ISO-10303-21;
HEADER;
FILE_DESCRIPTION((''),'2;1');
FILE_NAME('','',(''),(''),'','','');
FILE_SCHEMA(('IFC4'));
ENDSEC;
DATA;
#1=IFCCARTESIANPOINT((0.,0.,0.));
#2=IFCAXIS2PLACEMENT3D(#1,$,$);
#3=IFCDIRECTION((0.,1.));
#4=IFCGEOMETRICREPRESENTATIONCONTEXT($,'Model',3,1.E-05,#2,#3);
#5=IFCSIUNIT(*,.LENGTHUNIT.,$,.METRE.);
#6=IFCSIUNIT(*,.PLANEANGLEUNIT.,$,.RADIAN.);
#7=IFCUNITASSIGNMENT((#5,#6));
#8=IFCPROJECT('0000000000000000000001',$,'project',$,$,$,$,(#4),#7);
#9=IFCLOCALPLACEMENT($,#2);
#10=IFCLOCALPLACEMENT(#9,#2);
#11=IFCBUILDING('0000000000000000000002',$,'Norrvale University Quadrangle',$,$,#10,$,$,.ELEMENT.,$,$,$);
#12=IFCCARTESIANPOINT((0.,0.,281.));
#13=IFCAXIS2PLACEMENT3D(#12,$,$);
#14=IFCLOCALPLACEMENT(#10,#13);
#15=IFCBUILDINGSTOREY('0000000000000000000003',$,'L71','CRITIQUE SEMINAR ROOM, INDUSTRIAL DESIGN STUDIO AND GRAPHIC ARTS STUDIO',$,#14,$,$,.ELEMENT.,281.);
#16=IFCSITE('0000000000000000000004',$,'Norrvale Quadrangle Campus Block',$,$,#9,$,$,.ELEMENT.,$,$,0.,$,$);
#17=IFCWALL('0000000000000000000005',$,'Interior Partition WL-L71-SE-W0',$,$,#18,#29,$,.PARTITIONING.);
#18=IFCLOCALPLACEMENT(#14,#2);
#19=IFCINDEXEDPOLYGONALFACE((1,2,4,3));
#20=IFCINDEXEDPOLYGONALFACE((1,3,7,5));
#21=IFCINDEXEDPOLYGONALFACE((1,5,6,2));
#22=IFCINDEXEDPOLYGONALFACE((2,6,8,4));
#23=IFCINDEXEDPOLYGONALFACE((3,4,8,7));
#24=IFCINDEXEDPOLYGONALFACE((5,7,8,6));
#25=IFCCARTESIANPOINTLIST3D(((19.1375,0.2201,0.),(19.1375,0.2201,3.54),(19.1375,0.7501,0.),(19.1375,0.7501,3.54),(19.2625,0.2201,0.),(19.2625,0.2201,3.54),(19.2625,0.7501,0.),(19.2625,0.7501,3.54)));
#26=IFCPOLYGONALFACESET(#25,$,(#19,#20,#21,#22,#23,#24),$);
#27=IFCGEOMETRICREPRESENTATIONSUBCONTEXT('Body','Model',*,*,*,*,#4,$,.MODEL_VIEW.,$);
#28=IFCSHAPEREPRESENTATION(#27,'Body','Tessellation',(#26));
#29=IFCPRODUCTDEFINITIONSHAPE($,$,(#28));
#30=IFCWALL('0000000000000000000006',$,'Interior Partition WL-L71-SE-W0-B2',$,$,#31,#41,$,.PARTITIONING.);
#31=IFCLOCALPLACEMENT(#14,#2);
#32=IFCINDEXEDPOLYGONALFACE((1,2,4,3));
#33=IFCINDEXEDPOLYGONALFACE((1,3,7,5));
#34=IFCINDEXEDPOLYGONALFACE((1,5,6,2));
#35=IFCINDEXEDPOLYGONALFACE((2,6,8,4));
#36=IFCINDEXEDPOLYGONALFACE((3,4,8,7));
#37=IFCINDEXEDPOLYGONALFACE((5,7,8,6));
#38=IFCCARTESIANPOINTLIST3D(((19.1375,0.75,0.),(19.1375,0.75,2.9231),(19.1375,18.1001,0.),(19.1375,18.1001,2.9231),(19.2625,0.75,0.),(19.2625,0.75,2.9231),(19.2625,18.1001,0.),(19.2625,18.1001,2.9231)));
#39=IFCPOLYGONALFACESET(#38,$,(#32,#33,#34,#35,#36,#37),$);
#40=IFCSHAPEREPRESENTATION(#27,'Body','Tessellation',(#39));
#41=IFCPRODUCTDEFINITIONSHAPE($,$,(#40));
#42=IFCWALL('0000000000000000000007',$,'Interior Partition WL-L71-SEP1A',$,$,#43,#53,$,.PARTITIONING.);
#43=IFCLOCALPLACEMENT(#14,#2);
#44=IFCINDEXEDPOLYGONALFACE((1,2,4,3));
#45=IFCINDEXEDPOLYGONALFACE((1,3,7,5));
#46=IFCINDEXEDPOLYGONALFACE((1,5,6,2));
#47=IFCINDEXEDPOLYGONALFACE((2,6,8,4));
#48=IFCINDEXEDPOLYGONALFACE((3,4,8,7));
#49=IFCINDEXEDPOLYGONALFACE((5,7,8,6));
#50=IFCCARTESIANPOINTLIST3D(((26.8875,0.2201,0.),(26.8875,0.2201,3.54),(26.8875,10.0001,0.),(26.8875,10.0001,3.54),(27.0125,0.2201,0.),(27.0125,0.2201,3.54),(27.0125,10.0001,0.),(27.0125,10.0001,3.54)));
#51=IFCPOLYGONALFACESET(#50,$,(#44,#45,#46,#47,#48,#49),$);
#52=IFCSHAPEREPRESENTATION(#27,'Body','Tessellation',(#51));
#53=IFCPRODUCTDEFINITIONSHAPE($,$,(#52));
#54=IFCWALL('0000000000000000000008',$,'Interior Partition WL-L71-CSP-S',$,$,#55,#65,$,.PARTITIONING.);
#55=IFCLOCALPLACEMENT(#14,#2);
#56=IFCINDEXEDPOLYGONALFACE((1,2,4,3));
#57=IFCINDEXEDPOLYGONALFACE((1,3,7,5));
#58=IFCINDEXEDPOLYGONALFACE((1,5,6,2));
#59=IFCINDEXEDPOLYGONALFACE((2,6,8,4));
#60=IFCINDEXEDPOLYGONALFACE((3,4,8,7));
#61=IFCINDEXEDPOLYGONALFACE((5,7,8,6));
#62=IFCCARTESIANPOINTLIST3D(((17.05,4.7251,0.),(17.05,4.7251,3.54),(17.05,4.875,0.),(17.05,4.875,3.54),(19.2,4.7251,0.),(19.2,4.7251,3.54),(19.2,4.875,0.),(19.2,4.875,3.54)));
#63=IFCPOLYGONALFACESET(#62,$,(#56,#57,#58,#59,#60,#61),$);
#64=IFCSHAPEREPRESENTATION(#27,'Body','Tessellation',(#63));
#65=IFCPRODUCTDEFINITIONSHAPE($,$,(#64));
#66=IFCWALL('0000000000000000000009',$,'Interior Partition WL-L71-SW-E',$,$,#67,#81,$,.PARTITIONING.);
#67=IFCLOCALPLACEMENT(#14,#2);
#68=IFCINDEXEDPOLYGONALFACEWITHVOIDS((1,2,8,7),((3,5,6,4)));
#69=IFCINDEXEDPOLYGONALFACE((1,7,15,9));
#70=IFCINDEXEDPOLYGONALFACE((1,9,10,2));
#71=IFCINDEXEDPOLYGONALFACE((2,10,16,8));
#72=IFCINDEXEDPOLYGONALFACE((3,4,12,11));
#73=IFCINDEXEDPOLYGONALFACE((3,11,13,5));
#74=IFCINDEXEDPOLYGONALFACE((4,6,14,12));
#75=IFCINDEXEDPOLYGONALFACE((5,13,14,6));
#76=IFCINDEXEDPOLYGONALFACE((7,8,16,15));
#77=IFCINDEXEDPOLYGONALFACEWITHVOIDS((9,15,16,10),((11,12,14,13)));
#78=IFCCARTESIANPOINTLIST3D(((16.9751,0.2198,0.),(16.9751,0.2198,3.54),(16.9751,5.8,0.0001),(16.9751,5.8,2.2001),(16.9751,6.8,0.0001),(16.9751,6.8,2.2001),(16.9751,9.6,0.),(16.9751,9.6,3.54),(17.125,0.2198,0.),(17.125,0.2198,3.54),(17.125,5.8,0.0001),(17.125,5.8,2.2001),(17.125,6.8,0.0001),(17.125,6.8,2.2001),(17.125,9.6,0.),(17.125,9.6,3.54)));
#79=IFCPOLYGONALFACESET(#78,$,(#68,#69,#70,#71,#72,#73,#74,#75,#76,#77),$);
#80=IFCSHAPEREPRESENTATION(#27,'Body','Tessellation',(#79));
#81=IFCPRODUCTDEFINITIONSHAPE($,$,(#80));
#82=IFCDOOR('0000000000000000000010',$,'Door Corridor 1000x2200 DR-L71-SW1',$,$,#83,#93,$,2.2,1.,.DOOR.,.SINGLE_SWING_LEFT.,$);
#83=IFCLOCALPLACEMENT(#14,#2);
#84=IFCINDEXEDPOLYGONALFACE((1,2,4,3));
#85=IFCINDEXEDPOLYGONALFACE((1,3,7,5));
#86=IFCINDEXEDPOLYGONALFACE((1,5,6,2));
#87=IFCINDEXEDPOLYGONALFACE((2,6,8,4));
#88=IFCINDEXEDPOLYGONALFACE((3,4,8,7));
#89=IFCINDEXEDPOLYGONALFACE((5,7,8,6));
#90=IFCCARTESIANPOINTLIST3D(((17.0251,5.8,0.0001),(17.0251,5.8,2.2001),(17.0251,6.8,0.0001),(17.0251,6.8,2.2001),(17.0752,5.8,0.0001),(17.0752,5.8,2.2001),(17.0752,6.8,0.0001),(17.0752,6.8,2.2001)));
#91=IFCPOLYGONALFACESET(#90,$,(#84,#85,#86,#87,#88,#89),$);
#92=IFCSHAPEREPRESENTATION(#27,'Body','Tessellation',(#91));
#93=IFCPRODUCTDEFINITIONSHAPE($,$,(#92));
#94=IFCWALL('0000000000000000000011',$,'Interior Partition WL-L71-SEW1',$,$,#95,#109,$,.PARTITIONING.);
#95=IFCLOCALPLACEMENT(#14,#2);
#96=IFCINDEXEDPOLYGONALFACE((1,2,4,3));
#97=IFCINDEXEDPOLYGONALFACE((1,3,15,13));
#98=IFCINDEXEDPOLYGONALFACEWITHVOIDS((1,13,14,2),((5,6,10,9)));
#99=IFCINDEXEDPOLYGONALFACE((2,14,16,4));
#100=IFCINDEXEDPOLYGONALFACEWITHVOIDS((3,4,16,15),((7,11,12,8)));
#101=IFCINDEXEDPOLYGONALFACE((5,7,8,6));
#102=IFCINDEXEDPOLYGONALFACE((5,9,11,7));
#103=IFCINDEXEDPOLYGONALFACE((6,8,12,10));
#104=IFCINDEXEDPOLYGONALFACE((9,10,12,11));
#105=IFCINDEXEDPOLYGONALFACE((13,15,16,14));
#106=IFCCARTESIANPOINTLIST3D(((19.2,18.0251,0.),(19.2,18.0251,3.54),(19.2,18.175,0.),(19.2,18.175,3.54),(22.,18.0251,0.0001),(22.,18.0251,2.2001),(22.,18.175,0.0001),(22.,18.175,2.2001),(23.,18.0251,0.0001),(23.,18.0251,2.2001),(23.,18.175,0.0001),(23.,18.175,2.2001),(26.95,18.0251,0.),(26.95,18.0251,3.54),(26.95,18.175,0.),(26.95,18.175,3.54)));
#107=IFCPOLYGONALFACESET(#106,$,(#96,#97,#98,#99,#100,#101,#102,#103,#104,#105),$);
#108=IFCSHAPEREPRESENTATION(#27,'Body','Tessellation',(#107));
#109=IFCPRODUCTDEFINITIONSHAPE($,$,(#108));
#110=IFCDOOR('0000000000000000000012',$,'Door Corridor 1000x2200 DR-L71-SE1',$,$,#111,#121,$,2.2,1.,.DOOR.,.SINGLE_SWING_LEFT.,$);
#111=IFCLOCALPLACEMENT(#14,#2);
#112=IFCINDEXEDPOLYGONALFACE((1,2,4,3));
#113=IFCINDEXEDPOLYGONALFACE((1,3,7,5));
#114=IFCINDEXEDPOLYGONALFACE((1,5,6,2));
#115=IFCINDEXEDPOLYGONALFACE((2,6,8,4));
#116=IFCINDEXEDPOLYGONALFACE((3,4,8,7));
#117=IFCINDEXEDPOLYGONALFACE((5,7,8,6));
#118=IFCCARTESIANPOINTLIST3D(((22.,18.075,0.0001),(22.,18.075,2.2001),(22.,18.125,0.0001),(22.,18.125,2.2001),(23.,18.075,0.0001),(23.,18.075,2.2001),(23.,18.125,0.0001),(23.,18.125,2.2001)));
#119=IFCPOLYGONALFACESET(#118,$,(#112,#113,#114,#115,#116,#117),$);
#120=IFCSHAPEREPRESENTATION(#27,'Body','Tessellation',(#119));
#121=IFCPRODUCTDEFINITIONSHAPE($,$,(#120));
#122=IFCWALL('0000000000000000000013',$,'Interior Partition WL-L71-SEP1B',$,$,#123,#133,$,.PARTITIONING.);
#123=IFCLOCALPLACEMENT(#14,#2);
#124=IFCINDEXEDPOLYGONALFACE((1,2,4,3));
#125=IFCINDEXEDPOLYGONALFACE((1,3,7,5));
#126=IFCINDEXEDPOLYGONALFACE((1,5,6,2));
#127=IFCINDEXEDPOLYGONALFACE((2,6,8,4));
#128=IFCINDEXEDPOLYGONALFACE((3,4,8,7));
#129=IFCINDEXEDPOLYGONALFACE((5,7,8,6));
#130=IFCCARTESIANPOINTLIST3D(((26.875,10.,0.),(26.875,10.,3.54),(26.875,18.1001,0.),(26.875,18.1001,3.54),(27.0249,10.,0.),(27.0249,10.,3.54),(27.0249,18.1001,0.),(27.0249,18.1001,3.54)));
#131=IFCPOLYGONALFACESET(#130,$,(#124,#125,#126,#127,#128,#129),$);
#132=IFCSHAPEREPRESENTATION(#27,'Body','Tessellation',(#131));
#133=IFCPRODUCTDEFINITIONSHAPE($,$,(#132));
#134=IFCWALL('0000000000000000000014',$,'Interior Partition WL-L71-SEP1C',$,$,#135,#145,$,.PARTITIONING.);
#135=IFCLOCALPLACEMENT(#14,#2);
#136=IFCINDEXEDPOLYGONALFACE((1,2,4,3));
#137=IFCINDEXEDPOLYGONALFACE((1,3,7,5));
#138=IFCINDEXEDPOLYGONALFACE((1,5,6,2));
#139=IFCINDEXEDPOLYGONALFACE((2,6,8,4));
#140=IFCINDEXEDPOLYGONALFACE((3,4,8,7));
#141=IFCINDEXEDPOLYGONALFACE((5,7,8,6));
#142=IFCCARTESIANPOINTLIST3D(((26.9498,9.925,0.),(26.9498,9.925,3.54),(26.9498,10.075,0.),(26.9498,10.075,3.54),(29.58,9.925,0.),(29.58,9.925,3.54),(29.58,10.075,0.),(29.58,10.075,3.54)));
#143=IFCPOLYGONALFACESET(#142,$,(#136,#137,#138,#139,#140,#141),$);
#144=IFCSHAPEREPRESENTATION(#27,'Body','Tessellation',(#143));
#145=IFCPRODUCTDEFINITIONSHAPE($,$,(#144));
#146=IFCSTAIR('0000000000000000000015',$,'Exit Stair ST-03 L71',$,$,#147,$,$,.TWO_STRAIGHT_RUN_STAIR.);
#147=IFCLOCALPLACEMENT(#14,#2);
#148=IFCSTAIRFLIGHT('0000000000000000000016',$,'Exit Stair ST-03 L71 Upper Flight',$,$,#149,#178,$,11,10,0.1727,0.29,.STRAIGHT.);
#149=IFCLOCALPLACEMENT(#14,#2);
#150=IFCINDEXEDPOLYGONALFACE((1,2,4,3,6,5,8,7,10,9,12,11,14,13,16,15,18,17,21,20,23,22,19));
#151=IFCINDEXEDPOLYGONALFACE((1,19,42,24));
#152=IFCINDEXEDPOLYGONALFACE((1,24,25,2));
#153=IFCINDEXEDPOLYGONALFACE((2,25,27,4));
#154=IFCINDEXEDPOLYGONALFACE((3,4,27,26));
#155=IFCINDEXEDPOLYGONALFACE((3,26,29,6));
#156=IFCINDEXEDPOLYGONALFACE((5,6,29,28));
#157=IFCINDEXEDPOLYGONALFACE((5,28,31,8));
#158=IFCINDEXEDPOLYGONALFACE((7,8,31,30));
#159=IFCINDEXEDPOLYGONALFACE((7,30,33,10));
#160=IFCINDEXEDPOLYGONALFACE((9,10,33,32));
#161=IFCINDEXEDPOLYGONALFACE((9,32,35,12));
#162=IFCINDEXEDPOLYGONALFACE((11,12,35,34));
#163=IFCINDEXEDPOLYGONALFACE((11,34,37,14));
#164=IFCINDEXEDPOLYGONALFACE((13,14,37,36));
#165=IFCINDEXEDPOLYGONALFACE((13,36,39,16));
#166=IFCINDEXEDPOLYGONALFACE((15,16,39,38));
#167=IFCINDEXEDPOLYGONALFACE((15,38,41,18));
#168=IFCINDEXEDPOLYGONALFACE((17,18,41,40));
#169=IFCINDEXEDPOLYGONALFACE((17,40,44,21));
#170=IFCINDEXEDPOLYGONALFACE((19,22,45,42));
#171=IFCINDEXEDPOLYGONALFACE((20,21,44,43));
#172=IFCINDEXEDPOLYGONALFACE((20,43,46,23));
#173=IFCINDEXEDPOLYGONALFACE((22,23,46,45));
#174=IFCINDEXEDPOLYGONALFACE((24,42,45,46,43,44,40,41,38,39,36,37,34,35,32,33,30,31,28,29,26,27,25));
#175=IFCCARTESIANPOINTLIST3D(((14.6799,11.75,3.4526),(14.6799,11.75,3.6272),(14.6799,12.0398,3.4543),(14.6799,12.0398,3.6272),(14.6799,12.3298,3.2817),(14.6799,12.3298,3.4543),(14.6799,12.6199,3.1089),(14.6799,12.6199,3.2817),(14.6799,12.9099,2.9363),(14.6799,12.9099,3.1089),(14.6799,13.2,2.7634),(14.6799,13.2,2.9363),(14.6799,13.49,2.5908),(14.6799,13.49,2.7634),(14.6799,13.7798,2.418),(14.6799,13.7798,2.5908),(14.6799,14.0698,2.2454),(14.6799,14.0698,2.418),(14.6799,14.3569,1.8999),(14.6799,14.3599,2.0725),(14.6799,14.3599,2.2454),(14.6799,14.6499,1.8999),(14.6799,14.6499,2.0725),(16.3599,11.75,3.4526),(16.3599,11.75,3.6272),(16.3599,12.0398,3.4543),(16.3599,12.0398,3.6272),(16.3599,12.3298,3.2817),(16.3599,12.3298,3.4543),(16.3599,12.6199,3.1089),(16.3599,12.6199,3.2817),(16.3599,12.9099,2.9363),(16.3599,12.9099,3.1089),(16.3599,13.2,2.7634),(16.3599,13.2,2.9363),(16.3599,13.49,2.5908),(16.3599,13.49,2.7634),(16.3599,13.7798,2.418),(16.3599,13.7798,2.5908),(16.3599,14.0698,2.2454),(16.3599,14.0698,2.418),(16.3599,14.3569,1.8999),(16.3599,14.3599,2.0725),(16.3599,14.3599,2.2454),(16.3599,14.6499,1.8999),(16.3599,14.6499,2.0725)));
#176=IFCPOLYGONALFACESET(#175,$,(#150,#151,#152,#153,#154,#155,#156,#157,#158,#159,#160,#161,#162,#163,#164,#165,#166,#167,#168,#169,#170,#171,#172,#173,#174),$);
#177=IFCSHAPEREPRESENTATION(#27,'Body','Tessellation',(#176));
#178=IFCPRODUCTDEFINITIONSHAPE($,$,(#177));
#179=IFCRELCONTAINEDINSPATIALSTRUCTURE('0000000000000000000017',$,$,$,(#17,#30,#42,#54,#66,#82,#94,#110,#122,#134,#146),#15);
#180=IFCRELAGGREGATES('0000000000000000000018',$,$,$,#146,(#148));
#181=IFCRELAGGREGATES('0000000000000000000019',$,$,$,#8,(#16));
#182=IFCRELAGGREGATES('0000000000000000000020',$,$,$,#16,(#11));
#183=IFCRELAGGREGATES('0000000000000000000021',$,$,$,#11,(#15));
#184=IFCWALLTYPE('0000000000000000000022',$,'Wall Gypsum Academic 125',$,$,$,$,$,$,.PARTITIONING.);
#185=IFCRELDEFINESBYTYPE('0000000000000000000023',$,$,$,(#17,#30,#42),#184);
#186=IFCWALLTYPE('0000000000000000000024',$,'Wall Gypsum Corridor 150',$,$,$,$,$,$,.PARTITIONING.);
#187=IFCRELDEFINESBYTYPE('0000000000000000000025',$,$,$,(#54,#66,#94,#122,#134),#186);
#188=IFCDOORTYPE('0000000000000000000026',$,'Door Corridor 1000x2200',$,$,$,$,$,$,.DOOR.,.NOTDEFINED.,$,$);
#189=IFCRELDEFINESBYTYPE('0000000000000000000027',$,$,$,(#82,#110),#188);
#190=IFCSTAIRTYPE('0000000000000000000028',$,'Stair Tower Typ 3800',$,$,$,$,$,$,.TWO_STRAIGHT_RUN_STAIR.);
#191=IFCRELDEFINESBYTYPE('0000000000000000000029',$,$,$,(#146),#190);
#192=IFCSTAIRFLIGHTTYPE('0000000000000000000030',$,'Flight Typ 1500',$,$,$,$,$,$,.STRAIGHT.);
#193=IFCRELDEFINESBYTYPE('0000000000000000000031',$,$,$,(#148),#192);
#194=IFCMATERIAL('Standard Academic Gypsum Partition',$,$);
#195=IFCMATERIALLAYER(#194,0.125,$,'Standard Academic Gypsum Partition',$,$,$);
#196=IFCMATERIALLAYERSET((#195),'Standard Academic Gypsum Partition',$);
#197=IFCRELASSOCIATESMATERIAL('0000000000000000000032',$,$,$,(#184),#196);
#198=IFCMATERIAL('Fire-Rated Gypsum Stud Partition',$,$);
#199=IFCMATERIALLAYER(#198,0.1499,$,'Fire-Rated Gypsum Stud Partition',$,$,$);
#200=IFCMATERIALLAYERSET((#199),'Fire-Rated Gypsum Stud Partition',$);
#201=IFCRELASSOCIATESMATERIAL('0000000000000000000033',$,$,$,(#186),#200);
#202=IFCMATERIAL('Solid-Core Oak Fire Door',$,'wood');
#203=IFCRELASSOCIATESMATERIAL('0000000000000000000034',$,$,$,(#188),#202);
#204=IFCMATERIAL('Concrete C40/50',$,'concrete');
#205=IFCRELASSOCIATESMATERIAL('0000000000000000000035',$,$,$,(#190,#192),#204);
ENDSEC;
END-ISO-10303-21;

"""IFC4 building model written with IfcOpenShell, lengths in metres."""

from ifc_helpers import new_model, si_unit, direction, frame, frame_2d, origin, place, context, subcontext, project, spatial, polyline, rectangle, outline, extrude, material, layer, layer_set, type_object, element, fill, aggregate, save


model = new_model("IFC4")

# Units and contexts
model_context = context("Model", 3, precision=1e-05, world=origin(), true_north=direction((0.0, 1.0)))
body_context = subcontext(model_context, "Body", "Model", "MODEL_VIEW")
ifc_project = project(units=[si_unit("LENGTHUNIT", "METRE"), si_unit("PLANEANGLEUNIT", "RADIAN")], contexts=[model_context])

# Site, building, storey
site_placement = place(None, origin())
site = spatial("IfcSite", under=ifc_project, at=site_placement, Name="Norrvale Quadrangle Campus Block", CompositionType="ELEMENT", RefElevation=0.0)
building_placement = place(site_placement, origin())
building = spatial("IfcBuilding", under=site, at=building_placement, Name="Norrvale University Quadrangle", CompositionType="ELEMENT")
storey_placement = place(building_placement, frame((0.0, 0.0, 281.0)))
storey = spatial("IfcBuildingStorey", under=building, at=storey_placement, Name="L71", Description="CRITIQUE SEMINAR ROOM, INDUSTRIAL DESIGN STUDIO AND GRAPHIC ARTS STUDIO", CompositionType="ELEMENT", Elevation=281.0)

# Walls
ifc_material_1 = material(Name="Standard Academic Gypsum Partition")
ifc_layer_1 = layer(ifc_material_1, 0.125, Name="Standard Academic Gypsum Partition")
ifc_layer_set_1 = layer_set([ifc_layer_1], Name="Standard Academic Gypsum Partition")
wall_type_1 = type_object("IfcWallType", Name="Wall Gypsum Academic 125", PredefinedType="PARTITIONING", material=ifc_layer_set_1)
wall_1_placement = place(storey_placement, frame((19.2, 0.22, 0.0), z_axis=(0.0, 0.0, 1.0), x_axis=(0.0, 1.0, 0.0)))
element("IfcWall", 1, at=wall_1_placement, inside=storey, type_object=wall_type_1, Name="Interior Partition WL-L71-SE-W0", PredefinedType="PARTITIONING", context=body_context, shape_type="SweptSolid", body=[
    extrude(rectangle(XDim=0.53, YDim=0.125, at=frame_2d((0.2651, 0.0))), origin(), (0.0, 0.0, 1.0), 3.54),
])
wall_2_placement = place(storey_placement, frame((19.2, 0.75, 0.0), z_axis=(0.0, 0.0, 1.0), x_axis=(0.0, 1.0, 0.0)))
element("IfcWall", 2, at=wall_2_placement, inside=storey, type_object=wall_type_1, Name="Interior Partition WL-L71-SE-W0-B2", PredefinedType="PARTITIONING", context=body_context, shape_type="SweptSolid", body=[
    extrude(rectangle(XDim=17.3501, YDim=0.125, at=frame_2d((8.675, 0.0))), origin(), (0.0, 0.0, 1.0), 2.9231),
])
wall_3_placement = place(storey_placement, frame((26.95, 0.22, 0.0), z_axis=(0.0, 0.0, 1.0), x_axis=(0.0, 1.0, 0.0)))
element("IfcWall", 3, at=wall_3_placement, inside=storey, type_object=wall_type_1, Name="Interior Partition WL-L71-SEP1A", PredefinedType="PARTITIONING", context=body_context, shape_type="SweptSolid", body=[
    extrude(rectangle(XDim=9.78, YDim=0.125, at=frame_2d((4.8901, 0.0))), origin(), (0.0, 0.0, 1.0), 3.54),
])
ifc_material_2 = material(Name="Fire-Rated Gypsum Stud Partition")
ifc_layer_2 = layer(ifc_material_2, 0.1499, Name="Fire-Rated Gypsum Stud Partition")
ifc_layer_set_2 = layer_set([ifc_layer_2], Name="Fire-Rated Gypsum Stud Partition")
wall_type_2 = type_object("IfcWallType", Name="Wall Gypsum Corridor 150", PredefinedType="PARTITIONING", material=ifc_layer_set_2)
wall_4_placement = place(storey_placement, frame((17.05, 4.8, 0.0), z_axis=(0.0, 0.0, 1.0), x_axis=(1.0, 0.0, 0.0)))
element("IfcWall", 4, at=wall_4_placement, inside=storey, type_object=wall_type_2, Name="Interior Partition WL-L71-CSP-S", PredefinedType="PARTITIONING", context=body_context, shape_type="SweptSolid", body=[
    extrude(rectangle(XDim=2.1499, YDim=0.1499, at=frame_2d((1.075, 0.0))), origin(), (0.0, 0.0, 1.0), 3.54),
])

# Walls, openings, doors
wall_5_placement = place(storey_placement, frame((17.05, 0.22, 0.0), z_axis=(0.0, 0.0, 1.0), x_axis=(0.0, 1.0, 0.0)))
wall_5 = element("IfcWall", 5, at=wall_5_placement, inside=storey, type_object=wall_type_2, Name="Interior Partition WL-L71-SW-E", PredefinedType="PARTITIONING", context=body_context, shape_type="SweptSolid", body=[
    extrude(rectangle(XDim=9.3801, YDim=0.1499, at=frame_2d((4.6899, 0.0))), origin(), (0.0, 0.0, 1.0), 3.54),
])
opening_1_placement = place(wall_5_placement, frame((5.5801, 0.0, 0.0)))
opening_1 = element("IfcOpeningElement", 6, at=opening_1_placement, cuts=wall_5, PredefinedType="OPENING", context=body_context, shape_type="SweptSolid", body=[
    extrude(rectangle(XDim=1.0, YDim=2.2, at=frame_2d((0.5, 1.1001))), frame((0.0, 0.0869, 0.0), z_axis=(0.0, -1.0, 0.0), x_axis=(1.0, 0.0, 0.0)), (0.0, 0.0, 1.0), 0.1738),
])
ifc_material_3 = material(Name="Solid-Core Oak Fire Door", Category="wood")
door_type_1 = type_object("IfcDoorType", Name="Door Corridor 1000x2200", OperationType="NOTDEFINED", PredefinedType="DOOR", material=ifc_material_3)
door_1_placement = place(opening_1_placement, origin())
door_1 = element("IfcDoor", 7, at=door_1_placement, inside=storey, type_object=door_type_1, Name="Door Corridor 1000x2200 DR-L71-SW1", OperationType="SINGLE_SWING_LEFT", OverallHeight=2.2, OverallWidth=1.0, PredefinedType="DOOR", context=body_context, shape_type="SweptSolid", body=[
    extrude(rectangle(XDim=1.0, YDim=2.2, at=frame_2d((0.5, 1.1001))), frame((0.0, 0.0249, 0.0), z_axis=(0.0, -1.0, 0.0), x_axis=(1.0, 0.0, 0.0)), (0.0, 0.0, 1.0), 0.05),
])
fill(opening_1, door_1)
wall_6_placement = place(storey_placement, frame((19.2, 18.1001, 0.0), z_axis=(0.0, 0.0, 1.0), x_axis=(1.0, 0.0, 0.0)))
wall_6 = element("IfcWall", 8, at=wall_6_placement, inside=storey, type_object=wall_type_2, Name="Interior Partition WL-L71-SEW1", PredefinedType="PARTITIONING", context=body_context, shape_type="SweptSolid", body=[
    extrude(rectangle(XDim=7.75, YDim=0.1499, at=frame_2d((3.875, 0.0))), origin(), (0.0, 0.0, 1.0), 3.54),
])
opening_2_placement = place(wall_6_placement, frame((2.8, 0.0, 0.0)))
opening_2 = element("IfcOpeningElement", 9, at=opening_2_placement, cuts=wall_6, PredefinedType="OPENING", context=body_context, shape_type="SweptSolid", body=[
    extrude(rectangle(XDim=1.0, YDim=2.2, at=frame_2d((0.5, 1.1001))), frame((0.0, 0.0869, 0.0), z_axis=(0.0, -1.0, 0.0), x_axis=(1.0, 0.0, 0.0)), (0.0, 0.0, 1.0), 0.1738),
])
door_2_placement = place(opening_2_placement, origin())
door_2 = element("IfcDoor", 10, at=door_2_placement, inside=storey, type_object=door_type_1, Name="Door Corridor 1000x2200 DR-L71-SE1", OperationType="SINGLE_SWING_LEFT", OverallHeight=2.2, OverallWidth=1.0, PredefinedType="DOOR", context=body_context, shape_type="SweptSolid", body=[
    extrude(rectangle(XDim=1.0, YDim=2.2, at=frame_2d((0.5, 1.1001))), frame((0.0, 0.0249, 0.0), z_axis=(0.0, -1.0, 0.0), x_axis=(1.0, 0.0, 0.0)), (0.0, 0.0, 1.0), 0.05),
])
fill(opening_2, door_2)

# Walls
wall_7_placement = place(storey_placement, frame((26.95, 10.0, 0.0), z_axis=(0.0, 0.0, 1.0), x_axis=(0.0, 1.0, 0.0)))
element("IfcWall", 11, at=wall_7_placement, inside=storey, type_object=wall_type_2, Name="Interior Partition WL-L71-SEP1B", PredefinedType="PARTITIONING", context=body_context, shape_type="SweptSolid", body=[
    extrude(rectangle(XDim=8.1001, YDim=0.1499, at=frame_2d((4.05, 0.0))), origin(), (0.0, 0.0, 1.0), 3.54),
])
wall_8_placement = place(storey_placement, frame((26.95, 10.0, 0.0), z_axis=(0.0, 0.0, 1.0), x_axis=(1.0, 0.0, 0.0)))
element("IfcWall", 12, at=wall_8_placement, inside=storey, type_object=wall_type_2, Name="Interior Partition WL-L71-SEP1C", PredefinedType="PARTITIONING", context=body_context, shape_type="SweptSolid", body=[
    extrude(rectangle(XDim=2.6301, YDim=0.1499, at=frame_2d((1.3149, 0.0))), origin(), (0.0, 0.0, 1.0), 3.54),
])

# Stair, stair flight
ifc_material_4 = material(Name="Concrete C40/50", Category="concrete")
stair_type = type_object("IfcStairType", Name="Stair Tower Typ 3800", PredefinedType="TWO_STRAIGHT_RUN_STAIR", material=ifc_material_4)
stair_placement = place(storey_placement, origin())
stair = element("IfcStair", 13, at=stair_placement, inside=storey, type_object=stair_type, Name="Exit Stair ST-03 L71", PredefinedType="TWO_STRAIGHT_RUN_STAIR")
stair_flight_type = type_object("IfcStairFlightType", Name="Flight Typ 1500", PredefinedType="STRAIGHT", material=ifc_material_4)
stair_flight_placement = place(storey_placement, frame((15.52, 14.6499, 1.8999), z_axis=(0.0, 0.0, 1.0), x_axis=(0.0, -1.0, 0.0)))
stair_flight = element("IfcStairFlight", 14, at=stair_flight_placement, type_object=stair_flight_type, Name="Exit Stair ST-03 L71 Upper Flight", NumberOfRisers=11, NumberOfTreads=10, PredefinedType="STRAIGHT", RiserHeight=0.1727, TreadLength=0.29, context=body_context, shape_type="SweptSolid", body=[
    extrude(outline(polyline([(0.0, 0.0), (0.0, 0.1726), (0.29, 0.1726), (0.29, 0.3455), (0.5801, 0.3455), (0.5801, 0.5181), (0.8701, 0.5181), (0.8701, 0.6909), (1.1599, 0.6909), (1.1599, 0.8635), (1.45, 0.8635), (1.45, 1.0364), (1.74, 1.0364), (1.74, 1.209), (2.03, 1.209), (2.03, 1.3818), (2.3201, 1.3818), (2.3201, 1.5544), (2.6101, 1.5544), (2.6101, 1.7273), (2.8999, 1.7273), (2.8999, 1.8999), (2.8999, 1.5527), (0.293, 0.0), (0.0, 0.0)])), frame((0.0, 0.8398, 0.0), z_axis=(0.0, -1.0, 0.0), x_axis=(1.0, 0.0, 0.0)), (0.0, 0.0, 1.0), 1.6799),
])
aggregate(stair, [stair_flight])

save(model, "model.ifc")
